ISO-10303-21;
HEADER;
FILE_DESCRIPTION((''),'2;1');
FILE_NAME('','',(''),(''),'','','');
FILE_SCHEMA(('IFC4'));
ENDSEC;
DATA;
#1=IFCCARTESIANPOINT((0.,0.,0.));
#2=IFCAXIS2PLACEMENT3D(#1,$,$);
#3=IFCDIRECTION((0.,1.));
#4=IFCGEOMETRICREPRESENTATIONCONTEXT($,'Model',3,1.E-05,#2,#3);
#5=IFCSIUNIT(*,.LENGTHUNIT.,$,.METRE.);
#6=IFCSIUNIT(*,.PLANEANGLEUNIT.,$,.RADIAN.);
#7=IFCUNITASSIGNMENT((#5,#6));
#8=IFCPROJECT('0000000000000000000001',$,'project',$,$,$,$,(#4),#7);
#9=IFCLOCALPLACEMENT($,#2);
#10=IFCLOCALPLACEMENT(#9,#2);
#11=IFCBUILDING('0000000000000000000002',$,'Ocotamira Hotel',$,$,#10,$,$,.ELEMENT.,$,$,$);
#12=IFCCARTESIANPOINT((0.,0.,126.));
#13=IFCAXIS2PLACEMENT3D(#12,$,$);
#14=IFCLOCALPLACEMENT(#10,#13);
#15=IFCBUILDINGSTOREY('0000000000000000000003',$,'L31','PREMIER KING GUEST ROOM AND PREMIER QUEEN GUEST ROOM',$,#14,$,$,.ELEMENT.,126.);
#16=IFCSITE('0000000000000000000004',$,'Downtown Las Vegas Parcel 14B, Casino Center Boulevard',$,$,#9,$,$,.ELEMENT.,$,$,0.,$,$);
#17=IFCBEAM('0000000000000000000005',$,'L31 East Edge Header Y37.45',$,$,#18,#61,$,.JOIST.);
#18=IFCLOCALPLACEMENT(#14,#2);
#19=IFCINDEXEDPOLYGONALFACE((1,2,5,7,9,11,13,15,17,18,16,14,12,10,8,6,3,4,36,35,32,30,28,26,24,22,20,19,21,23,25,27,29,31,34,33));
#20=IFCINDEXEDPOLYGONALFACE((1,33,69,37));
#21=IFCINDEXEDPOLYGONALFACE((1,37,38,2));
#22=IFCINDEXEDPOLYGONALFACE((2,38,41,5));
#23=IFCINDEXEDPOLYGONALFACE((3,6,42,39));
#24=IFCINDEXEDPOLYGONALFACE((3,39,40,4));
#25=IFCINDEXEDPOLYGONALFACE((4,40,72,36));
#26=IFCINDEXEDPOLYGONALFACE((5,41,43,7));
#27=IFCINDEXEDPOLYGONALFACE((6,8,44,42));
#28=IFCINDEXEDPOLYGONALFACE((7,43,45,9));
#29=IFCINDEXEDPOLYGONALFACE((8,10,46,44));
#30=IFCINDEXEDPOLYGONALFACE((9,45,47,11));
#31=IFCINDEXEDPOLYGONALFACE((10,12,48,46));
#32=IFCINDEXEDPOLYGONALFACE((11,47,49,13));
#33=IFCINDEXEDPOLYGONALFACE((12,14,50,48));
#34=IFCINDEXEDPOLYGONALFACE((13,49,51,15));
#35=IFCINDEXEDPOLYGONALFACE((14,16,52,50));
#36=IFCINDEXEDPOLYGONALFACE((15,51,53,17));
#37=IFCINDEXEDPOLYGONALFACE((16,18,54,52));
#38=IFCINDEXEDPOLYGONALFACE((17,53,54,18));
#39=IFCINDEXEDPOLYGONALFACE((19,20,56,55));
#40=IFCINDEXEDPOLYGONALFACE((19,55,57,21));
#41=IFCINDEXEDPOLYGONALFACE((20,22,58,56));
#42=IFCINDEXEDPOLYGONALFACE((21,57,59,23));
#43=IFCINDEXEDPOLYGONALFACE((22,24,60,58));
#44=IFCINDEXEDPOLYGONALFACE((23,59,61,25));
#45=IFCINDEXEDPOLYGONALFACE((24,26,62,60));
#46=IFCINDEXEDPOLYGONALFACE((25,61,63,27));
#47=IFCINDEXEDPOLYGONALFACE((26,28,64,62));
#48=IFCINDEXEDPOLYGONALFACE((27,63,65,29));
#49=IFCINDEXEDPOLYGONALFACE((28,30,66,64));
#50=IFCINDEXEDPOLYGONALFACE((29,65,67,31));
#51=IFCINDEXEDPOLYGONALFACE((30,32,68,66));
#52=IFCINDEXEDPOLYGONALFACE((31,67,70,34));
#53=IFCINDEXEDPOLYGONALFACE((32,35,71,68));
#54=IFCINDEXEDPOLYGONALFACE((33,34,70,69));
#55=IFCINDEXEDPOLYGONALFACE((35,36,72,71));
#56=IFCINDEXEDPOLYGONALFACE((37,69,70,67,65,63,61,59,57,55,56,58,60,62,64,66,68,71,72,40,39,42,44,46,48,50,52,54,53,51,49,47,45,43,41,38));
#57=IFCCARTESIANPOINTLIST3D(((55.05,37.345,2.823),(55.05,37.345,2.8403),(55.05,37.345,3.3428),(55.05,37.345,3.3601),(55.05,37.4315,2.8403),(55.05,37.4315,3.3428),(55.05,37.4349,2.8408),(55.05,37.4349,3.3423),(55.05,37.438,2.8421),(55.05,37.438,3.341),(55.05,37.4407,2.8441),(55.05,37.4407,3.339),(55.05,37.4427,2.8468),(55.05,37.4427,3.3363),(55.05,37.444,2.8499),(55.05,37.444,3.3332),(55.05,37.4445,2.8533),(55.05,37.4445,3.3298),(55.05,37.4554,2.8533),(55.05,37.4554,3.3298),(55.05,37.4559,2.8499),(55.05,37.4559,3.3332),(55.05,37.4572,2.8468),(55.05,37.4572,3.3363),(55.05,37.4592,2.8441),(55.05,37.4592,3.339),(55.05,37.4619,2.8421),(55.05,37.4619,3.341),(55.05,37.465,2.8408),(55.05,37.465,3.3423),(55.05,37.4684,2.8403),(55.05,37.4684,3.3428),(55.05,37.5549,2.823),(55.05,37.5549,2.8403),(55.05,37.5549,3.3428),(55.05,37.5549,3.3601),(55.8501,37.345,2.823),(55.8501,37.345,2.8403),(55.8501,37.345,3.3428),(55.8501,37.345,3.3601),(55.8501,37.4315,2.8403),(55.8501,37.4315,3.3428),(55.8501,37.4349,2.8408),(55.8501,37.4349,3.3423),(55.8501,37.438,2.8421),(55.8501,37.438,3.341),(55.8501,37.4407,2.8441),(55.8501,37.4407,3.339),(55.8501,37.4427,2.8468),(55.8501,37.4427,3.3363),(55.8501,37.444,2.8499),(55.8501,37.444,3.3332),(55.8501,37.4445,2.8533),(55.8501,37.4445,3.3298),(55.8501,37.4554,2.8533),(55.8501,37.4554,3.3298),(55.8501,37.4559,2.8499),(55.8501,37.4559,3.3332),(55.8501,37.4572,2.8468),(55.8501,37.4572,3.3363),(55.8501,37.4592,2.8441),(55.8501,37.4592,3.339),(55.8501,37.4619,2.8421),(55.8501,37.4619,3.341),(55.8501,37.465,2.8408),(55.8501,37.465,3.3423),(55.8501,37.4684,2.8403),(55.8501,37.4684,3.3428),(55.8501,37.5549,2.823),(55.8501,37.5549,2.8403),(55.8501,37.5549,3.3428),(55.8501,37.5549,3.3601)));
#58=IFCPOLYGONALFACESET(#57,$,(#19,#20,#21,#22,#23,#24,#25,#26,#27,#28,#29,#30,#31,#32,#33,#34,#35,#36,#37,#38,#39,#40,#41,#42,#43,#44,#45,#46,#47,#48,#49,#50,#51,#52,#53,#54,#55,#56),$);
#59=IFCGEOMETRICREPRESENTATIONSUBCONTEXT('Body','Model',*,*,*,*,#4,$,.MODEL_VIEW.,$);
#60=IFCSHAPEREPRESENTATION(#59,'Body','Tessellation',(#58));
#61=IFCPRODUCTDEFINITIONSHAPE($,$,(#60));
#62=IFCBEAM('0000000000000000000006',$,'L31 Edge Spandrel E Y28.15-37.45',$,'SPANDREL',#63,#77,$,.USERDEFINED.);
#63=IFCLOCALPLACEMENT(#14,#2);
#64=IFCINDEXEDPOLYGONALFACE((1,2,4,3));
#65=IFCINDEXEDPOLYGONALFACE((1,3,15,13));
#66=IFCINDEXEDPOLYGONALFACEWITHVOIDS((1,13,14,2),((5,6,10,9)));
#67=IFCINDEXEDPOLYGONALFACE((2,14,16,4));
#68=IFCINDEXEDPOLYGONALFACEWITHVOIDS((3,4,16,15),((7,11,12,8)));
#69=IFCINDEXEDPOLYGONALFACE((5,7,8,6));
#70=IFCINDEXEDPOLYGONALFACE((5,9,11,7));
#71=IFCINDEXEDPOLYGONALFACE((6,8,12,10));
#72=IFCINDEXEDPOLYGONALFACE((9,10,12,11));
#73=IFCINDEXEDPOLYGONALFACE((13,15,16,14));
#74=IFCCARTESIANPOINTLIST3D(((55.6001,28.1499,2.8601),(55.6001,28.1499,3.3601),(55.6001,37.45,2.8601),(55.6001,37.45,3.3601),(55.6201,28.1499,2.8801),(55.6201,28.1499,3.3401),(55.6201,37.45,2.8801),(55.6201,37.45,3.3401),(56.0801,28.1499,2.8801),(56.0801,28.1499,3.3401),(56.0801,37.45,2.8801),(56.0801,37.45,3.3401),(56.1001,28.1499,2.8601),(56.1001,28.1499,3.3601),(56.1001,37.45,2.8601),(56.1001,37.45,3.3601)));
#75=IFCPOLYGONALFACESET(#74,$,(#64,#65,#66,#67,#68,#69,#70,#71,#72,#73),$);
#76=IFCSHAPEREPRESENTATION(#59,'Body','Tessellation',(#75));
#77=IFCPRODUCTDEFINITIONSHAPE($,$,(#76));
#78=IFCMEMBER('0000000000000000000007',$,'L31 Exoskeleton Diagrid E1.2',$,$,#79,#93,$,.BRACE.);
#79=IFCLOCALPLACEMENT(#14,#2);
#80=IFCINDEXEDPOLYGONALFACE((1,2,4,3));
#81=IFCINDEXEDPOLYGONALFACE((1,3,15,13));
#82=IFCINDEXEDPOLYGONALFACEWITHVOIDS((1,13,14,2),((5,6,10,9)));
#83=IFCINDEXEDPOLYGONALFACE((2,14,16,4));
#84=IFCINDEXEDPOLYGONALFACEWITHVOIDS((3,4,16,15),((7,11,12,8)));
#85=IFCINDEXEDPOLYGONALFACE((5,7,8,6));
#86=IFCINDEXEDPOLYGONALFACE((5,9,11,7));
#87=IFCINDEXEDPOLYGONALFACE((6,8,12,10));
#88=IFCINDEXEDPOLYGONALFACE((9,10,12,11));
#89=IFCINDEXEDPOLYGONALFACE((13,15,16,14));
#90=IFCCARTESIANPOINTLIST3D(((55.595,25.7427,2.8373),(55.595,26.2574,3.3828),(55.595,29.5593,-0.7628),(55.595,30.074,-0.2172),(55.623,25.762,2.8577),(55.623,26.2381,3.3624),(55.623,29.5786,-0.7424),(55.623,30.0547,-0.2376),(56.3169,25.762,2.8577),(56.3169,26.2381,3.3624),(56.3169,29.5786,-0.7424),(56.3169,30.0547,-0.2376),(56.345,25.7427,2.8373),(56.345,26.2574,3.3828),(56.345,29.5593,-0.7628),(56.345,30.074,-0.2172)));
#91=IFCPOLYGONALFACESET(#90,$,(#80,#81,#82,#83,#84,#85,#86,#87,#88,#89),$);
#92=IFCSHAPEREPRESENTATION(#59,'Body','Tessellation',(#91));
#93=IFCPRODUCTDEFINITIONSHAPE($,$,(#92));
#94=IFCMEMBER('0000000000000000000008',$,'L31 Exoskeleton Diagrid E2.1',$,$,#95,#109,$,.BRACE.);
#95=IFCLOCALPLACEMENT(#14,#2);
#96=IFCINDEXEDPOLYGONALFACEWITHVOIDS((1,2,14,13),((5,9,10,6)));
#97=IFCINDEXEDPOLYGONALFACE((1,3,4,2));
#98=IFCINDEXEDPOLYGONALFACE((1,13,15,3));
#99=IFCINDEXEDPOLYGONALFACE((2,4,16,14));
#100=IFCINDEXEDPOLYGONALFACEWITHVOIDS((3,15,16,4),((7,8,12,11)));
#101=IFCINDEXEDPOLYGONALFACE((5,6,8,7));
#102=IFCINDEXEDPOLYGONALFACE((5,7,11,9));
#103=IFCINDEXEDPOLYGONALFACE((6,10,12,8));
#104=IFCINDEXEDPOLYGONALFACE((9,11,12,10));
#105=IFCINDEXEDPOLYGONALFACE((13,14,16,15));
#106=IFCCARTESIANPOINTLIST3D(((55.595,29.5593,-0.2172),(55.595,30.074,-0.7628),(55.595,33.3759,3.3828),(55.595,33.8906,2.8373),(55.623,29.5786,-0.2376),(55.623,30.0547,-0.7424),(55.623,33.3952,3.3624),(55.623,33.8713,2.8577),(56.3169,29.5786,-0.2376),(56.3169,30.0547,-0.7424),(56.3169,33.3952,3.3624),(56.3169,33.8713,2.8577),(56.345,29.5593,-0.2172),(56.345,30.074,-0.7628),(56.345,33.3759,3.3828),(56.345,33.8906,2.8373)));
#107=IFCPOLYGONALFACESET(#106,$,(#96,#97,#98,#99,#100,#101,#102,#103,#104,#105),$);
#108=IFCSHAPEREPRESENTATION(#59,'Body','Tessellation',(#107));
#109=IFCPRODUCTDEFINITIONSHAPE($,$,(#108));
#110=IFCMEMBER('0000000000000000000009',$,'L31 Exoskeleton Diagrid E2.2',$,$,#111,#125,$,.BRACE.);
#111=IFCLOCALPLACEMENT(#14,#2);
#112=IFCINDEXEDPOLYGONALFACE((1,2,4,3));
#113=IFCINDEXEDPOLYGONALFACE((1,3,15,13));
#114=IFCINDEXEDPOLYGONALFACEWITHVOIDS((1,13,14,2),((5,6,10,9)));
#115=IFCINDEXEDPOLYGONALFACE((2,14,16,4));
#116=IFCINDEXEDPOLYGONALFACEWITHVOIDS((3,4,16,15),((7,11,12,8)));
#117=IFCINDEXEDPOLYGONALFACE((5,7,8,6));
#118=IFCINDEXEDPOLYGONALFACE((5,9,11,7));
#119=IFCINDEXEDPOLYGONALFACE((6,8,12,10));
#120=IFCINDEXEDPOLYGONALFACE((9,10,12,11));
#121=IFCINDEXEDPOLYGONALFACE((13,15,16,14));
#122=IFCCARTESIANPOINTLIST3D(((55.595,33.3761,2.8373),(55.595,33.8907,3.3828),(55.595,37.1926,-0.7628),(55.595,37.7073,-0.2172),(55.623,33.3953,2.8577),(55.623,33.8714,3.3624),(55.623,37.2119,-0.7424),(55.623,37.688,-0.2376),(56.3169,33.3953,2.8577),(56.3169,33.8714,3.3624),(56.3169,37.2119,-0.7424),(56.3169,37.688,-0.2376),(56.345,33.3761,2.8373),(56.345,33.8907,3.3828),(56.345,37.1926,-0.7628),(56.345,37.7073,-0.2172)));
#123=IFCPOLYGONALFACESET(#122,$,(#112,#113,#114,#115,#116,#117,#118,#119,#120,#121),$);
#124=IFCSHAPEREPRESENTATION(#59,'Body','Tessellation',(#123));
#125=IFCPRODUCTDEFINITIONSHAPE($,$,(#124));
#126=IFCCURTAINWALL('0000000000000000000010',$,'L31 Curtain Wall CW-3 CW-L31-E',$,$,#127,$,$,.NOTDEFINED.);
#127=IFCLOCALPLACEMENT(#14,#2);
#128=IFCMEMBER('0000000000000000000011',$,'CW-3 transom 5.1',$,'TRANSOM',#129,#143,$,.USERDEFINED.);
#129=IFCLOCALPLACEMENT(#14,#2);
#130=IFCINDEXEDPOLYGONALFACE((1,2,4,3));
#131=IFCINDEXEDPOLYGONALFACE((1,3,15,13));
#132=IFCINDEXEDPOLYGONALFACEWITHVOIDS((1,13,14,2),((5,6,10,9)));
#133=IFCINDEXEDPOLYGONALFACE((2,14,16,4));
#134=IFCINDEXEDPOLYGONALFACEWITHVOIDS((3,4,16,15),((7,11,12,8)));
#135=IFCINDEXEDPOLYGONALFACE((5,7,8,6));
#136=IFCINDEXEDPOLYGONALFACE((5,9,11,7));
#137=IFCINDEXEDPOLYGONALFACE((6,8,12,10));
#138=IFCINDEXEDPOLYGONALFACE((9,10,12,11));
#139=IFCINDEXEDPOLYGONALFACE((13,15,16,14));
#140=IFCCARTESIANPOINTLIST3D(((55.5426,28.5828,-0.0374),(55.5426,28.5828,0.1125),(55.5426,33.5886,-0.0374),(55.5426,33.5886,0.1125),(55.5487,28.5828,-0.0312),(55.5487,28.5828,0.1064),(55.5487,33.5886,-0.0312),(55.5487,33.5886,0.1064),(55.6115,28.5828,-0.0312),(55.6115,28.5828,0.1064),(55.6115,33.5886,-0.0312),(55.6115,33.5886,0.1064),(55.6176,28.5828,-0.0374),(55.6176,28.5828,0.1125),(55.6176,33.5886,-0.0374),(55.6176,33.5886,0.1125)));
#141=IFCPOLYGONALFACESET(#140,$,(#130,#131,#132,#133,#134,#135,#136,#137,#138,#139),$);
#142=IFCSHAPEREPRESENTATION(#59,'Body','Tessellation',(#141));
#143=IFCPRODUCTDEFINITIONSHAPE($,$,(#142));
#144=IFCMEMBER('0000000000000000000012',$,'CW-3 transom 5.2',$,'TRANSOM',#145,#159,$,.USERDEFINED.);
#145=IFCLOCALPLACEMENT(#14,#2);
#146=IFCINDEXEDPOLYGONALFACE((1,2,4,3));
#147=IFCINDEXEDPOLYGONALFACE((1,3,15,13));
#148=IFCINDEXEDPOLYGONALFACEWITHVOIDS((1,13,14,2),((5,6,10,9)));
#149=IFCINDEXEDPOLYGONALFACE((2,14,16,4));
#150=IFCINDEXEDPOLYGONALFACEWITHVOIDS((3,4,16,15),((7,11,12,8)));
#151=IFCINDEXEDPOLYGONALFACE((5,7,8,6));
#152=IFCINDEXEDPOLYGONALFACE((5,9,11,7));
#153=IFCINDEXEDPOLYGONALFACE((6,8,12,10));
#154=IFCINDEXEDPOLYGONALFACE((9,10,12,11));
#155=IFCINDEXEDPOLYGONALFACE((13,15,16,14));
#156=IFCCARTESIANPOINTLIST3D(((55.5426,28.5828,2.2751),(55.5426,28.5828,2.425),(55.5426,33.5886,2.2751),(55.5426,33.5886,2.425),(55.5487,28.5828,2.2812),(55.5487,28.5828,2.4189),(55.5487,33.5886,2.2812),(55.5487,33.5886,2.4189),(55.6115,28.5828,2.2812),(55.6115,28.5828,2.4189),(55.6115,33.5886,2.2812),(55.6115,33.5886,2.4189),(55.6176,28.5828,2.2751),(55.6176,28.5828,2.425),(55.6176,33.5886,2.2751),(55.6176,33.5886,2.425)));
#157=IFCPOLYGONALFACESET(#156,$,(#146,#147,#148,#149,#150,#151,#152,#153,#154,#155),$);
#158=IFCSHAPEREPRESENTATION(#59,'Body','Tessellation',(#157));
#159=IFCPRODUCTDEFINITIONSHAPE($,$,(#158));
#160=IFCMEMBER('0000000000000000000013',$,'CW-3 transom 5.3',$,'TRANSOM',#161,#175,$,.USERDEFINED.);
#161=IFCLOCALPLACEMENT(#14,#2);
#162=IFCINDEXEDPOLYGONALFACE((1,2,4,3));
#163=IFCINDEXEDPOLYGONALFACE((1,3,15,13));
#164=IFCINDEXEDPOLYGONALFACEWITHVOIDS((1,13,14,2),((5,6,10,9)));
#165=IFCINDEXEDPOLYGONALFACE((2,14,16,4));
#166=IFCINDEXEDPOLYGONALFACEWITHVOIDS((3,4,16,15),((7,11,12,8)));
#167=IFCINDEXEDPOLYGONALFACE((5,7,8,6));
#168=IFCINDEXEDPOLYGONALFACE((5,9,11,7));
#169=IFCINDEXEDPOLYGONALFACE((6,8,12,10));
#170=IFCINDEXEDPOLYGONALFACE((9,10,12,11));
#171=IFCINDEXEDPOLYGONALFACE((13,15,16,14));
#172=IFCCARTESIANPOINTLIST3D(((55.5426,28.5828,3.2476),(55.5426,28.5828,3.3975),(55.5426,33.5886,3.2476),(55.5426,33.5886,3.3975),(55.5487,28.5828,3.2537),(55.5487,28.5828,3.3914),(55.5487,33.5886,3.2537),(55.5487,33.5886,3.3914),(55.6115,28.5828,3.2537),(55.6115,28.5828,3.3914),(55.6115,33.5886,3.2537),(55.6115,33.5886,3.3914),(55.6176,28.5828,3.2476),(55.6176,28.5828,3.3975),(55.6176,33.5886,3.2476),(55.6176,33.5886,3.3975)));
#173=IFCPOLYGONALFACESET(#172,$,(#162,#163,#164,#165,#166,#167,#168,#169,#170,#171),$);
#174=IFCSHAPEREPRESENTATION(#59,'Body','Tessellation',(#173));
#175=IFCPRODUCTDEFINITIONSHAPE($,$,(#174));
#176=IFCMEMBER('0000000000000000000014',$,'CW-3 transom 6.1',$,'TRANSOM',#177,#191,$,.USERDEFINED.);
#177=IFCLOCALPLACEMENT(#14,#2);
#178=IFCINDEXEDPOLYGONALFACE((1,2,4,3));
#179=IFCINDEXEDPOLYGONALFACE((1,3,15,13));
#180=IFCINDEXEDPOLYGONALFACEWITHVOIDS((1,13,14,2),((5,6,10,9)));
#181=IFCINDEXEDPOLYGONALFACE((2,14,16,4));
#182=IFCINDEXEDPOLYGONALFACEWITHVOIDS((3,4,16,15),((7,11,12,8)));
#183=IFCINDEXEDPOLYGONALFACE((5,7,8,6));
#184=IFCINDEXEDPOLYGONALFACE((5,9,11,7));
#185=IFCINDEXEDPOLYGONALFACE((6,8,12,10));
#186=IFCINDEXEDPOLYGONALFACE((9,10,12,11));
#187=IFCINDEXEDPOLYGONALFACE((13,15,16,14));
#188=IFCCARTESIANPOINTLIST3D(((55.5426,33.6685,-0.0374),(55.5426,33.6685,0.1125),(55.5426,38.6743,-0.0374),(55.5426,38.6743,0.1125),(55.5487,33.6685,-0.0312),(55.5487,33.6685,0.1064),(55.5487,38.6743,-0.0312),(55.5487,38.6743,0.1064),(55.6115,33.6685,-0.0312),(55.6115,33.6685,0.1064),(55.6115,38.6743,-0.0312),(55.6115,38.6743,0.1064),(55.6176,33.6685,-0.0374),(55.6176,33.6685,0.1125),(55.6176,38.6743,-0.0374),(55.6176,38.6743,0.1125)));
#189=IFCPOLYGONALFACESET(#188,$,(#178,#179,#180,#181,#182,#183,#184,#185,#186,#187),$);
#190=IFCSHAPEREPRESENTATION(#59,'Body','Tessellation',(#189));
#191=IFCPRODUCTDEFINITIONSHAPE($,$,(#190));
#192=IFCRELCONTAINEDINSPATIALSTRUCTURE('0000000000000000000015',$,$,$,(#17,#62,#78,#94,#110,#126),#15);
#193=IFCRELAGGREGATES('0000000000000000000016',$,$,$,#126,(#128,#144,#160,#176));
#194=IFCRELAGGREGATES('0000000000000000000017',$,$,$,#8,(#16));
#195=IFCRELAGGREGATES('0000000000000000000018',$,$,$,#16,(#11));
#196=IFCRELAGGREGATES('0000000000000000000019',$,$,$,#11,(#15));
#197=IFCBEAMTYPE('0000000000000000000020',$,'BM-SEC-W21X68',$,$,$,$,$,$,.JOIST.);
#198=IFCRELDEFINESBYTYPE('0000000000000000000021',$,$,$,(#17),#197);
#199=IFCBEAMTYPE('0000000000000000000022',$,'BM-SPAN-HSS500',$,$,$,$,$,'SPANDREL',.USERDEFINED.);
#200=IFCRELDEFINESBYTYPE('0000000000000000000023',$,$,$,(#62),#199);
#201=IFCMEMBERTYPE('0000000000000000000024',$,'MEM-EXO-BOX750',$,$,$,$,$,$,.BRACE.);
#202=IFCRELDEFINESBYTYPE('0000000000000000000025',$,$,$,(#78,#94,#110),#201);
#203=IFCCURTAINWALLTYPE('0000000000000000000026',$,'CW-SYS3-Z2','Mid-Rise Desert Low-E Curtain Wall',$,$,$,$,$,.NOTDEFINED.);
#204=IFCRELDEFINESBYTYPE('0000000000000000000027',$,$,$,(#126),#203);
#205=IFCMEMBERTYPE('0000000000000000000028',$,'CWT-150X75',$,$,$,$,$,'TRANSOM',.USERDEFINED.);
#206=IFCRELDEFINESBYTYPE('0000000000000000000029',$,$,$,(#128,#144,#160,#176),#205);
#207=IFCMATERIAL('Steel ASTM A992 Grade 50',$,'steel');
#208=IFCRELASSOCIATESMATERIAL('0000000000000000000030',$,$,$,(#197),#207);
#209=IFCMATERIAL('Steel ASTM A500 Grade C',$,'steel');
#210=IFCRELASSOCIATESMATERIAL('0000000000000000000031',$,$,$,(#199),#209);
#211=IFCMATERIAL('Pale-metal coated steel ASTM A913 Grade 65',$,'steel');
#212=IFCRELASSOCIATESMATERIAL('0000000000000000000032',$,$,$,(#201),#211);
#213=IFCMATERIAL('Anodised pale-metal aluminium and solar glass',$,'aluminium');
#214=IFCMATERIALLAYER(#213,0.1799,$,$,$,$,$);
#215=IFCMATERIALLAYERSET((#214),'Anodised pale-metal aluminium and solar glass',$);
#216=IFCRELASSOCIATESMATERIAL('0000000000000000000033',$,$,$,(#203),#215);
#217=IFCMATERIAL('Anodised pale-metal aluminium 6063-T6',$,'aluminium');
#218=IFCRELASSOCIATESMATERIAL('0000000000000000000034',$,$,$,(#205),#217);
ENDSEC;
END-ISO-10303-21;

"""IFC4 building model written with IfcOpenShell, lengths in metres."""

from ifc_helpers import new_model, si_unit, direction, frame, origin, origin_2d, place, context, subcontext, project, spatial, hollow_rectangle, i_section, extrude, source, transform, mapped, material, layer, layer_set, material_profile, profile_set, type_object, element, aggregate, save


model = new_model("IFC4")

# Units and contexts
model_context = context("Model", 3, precision=1e-05, world=origin(), true_north=direction((0.0, 1.0)))
body_context = subcontext(model_context, "Body", "Model", "MODEL_VIEW")
ifc_project = project(units=[si_unit("LENGTHUNIT", "METRE"), si_unit("PLANEANGLEUNIT", "RADIAN")], contexts=[model_context])

# Site, building, storey
site_placement = place(None, origin())
site = spatial("IfcSite", under=ifc_project, at=site_placement, Name="Downtown Las Vegas Parcel 14B, Casino Center Boulevard", CompositionType="ELEMENT", RefElevation=0.0)
building_placement = place(site_placement, origin())
building = spatial("IfcBuilding", under=site, at=building_placement, Name="Ocotamira Hotel", CompositionType="ELEMENT")
storey_placement = place(building_placement, frame((0.0, 0.0, 126.0)))
storey = spatial("IfcBuildingStorey", under=building, at=storey_placement, Name="L31", Description="PREMIER KING GUEST ROOM AND PREMIER QUEEN GUEST ROOM", CompositionType="ELEMENT", Elevation=126.0)

# Beams
ifc_material_1 = material(Name="Steel ASTM A500 Grade C", Category="steel")
ifc_material_2 = material(Name="Steel ASTM A992 Grade 50", Category="steel")
ifc_material_profile_1 = material_profile(ifc_material_2, i_section(OverallWidth=0.21, OverallDepth=0.5371, WebThickness=0.011, FlangeThickness=0.0173, FilletRadius=0.0129, at=origin_2d()), Name="W21X68")
ifc_profile_set_1 = profile_set([ifc_material_profile_1], Name="Steel ASTM A992 Grade 50")
beam_type_1 = type_object("IfcBeamType", Name="BM-SEC-W21X68", PredefinedType="JOIST", material=ifc_profile_set_1)
shared_shape_1 = source(origin(), body_context, "Body", "SweptSolid", [
    extrude(i_section(OverallWidth=0.21, OverallDepth=0.5371, WebThickness=0.011, FlangeThickness=0.0173, FilletRadius=0.0129, at=origin_2d()), origin(), (0.0, 0.0, 1.0), 0.8),
])
for number, where, z_axis, x_axis, name in (
    (1, (55.05, 37.45, 3.0916), (1.0, 0.0, 0.0), (0.0, 1.0, 0.0), "L31 East Edge Header Y37.45"),
):
    element("IfcBeam", number, at=place(storey_placement, frame(where, z_axis=z_axis, x_axis=x_axis)), inside=storey, type_object=beam_type_1, Name=name, PredefinedType="JOIST", context=body_context, shape_type="MappedRepresentation", body=[
        mapped(shared_shape_1, transform((0.0, 0.0, 0.0), scale=1.0)),
    ])
ifc_material_profile_2 = material_profile(ifc_material_1, hollow_rectangle(XDim=0.5, YDim=0.5, WallThickness=0.02, at=origin_2d()), Name="HSS500X500X20")
ifc_profile_set_2 = profile_set([ifc_material_profile_2], Name="Steel ASTM A500 Grade C")
beam_type_2 = type_object("IfcBeamType", Name="BM-SPAN-HSS500", ElementType="SPANDREL", PredefinedType="USERDEFINED", material=ifc_profile_set_2)
shared_shape_2 = source(origin(), body_context, "Body", "SweptSolid", [
    extrude(hollow_rectangle(XDim=0.5, YDim=0.5, WallThickness=0.02, at=origin_2d()), origin(), (0.0, 0.0, 1.0), 9.3),
])
beam_1_placement = place(storey_placement, frame((55.8501, 28.1499, 3.1101), z_axis=(0.0, 1.0, 0.0), x_axis=(-1.0, 0.0, 0.0)))
element("IfcBeam", 2, at=beam_1_placement, inside=storey, type_object=beam_type_2, Name="L31 Edge Spandrel E Y28.15-37.45", ObjectType="SPANDREL", PredefinedType="USERDEFINED", context=body_context, shape_type="MappedRepresentation", body=[
    mapped(shared_shape_2, transform((0.0, 0.0, 0.0), scale=1.0)),
])

# Members
ifc_material_3 = material(Name="Pale-metal coated steel ASTM A913 Grade 65", Category="steel")
ifc_material_profile_3 = material_profile(ifc_material_3, hollow_rectangle(XDim=0.75, YDim=0.75, WallThickness=0.0281, at=origin_2d()), Name="BOX750X750X28")
ifc_profile_set_3 = profile_set([ifc_material_profile_3], Name="Pale-metal coated steel ASTM A913 Grade 65")
member_type_1 = type_object("IfcMemberType", Name="MEM-EXO-BOX750", PredefinedType="BRACE", material=ifc_profile_set_3)
shared_shape_3 = source(origin(), body_context, "Body", "SweptSolid", [
    extrude(hollow_rectangle(XDim=0.75, YDim=0.75, WallThickness=0.0281, at=origin_2d()), origin(), (0.0, 0.0, 1.0), 5.2466),
])
for number, where, z_axis, x_axis, name in (
    (3, (55.97, 29.8167, -0.49), (0.0, -0.727443, 0.686168), (1.0, 0.0, 0.0), "L31 Exoskeleton Diagrid E1.2"),
    (4, (55.97, 29.8167, -0.49), (0.0, 0.727443, 0.686168), (-1.0, 0.0, 0.0), "L31 Exoskeleton Diagrid E2.1"),
    (5, (55.97, 37.45, -0.49), (0.0, -0.727443, 0.686168), (1.0, 0.0, 0.0), "L31 Exoskeleton Diagrid E2.2"),
):
    element("IfcMember", number, at=place(storey_placement, frame(where, z_axis=z_axis, x_axis=x_axis)), inside=storey, type_object=member_type_1, Name=name, PredefinedType="BRACE", context=body_context, shape_type="MappedRepresentation", body=[
        mapped(shared_shape_3, transform((0.0, 0.0, 0.0), scale=1.0)),
    ])

# Curtain wall, members
ifc_material_4 = material(Name="Anodised pale-metal aluminium and solar glass", Category="aluminium")
ifc_layer_1 = layer(ifc_material_4, 0.1799)
ifc_layer_set_1 = layer_set([ifc_layer_1], Name="Anodised pale-metal aluminium and solar glass")
curtain_wall_type = type_object("IfcCurtainWallType", Name="CW-SYS3-Z2", Description="Mid-Rise Desert Low-E Curtain Wall", PredefinedType="NOTDEFINED", material=ifc_layer_set_1)
curtain_wall_placement = place(storey_placement, origin())
curtain_wall = element("IfcCurtainWall", 6, at=curtain_wall_placement, inside=storey, type_object=curtain_wall_type, Name="L31 Curtain Wall CW-3 CW-L31-E", PredefinedType="NOTDEFINED")
ifc_material_5 = material(Name="Anodised pale-metal aluminium 6063-T6", Category="aluminium")
ifc_material_profile_4 = material_profile(ifc_material_5, hollow_rectangle(XDim=0.075, YDim=0.1499, WallThickness=0.0061, at=origin_2d()), Name="HSS150X75X6")
ifc_profile_set_4 = profile_set([ifc_material_profile_4], Name="Anodised pale-metal aluminium 6063-T6")
member_type_2 = type_object("IfcMemberType", Name="CWT-150X75", ElementType="TRANSOM", PredefinedType="USERDEFINED", material=ifc_profile_set_4)
shared_shape_4 = source(origin(), body_context, "Body", "SweptSolid", [
    extrude(hollow_rectangle(XDim=0.075, YDim=0.1499, WallThickness=0.0061, at=origin_2d()), origin(), (0.0, 0.0, 1.0), 5.0059),
])
member_1_placement = place(storey_placement, frame((55.5801, 28.5828, 0.0376), z_axis=(0.0, 1.0, 0.0), x_axis=(-1.0, 0.0, 0.0)))
member_1 = element("IfcMember", 7, at=member_1_placement, type_object=member_type_2, Name="CW-3 transom 5.1", ObjectType="TRANSOM", PredefinedType="USERDEFINED", context=body_context, shape_type="MappedRepresentation", body=[
    mapped(shared_shape_4, transform((0.0, 0.0, 0.0), scale=1.0)),
])
member_2_placement = place(storey_placement, frame((55.5801, 28.5828, 2.3501), z_axis=(0.0, 1.0, 0.0), x_axis=(-1.0, 0.0, 0.0)))
member_2 = element("IfcMember", 8, at=member_2_placement, type_object=member_type_2, Name="CW-3 transom 5.2", ObjectType="TRANSOM", PredefinedType="USERDEFINED", context=body_context, shape_type="MappedRepresentation", body=[
    mapped(shared_shape_4, transform((0.0, 0.0, 0.0), scale=1.0)),
])
member_3_placement = place(storey_placement, frame((55.5801, 28.5828, 3.3225), z_axis=(0.0, 1.0, 0.0), x_axis=(-1.0, 0.0, 0.0)))
member_3 = element("IfcMember", 9, at=member_3_placement, type_object=member_type_2, Name="CW-3 transom 5.3", ObjectType="TRANSOM", PredefinedType="USERDEFINED", context=body_context, shape_type="MappedRepresentation", body=[
    mapped(shared_shape_4, transform((0.0, 0.0, 0.0), scale=1.0)),
])
member_4_placement = place(storey_placement, frame((55.5801, 33.6685, 0.0376), z_axis=(0.0, 1.0, 0.0), x_axis=(-1.0, 0.0, 0.0)))
member_4 = element("IfcMember", 10, at=member_4_placement, type_object=member_type_2, Name="CW-3 transom 6.1", ObjectType="TRANSOM", PredefinedType="USERDEFINED", context=body_context, shape_type="MappedRepresentation", body=[
    mapped(shared_shape_4, transform((0.0, 0.0, 0.0), scale=1.0)),
])

aggregate(curtain_wall, [member_1, member_2, member_3, member_4])

save(model, "model.ifc")
